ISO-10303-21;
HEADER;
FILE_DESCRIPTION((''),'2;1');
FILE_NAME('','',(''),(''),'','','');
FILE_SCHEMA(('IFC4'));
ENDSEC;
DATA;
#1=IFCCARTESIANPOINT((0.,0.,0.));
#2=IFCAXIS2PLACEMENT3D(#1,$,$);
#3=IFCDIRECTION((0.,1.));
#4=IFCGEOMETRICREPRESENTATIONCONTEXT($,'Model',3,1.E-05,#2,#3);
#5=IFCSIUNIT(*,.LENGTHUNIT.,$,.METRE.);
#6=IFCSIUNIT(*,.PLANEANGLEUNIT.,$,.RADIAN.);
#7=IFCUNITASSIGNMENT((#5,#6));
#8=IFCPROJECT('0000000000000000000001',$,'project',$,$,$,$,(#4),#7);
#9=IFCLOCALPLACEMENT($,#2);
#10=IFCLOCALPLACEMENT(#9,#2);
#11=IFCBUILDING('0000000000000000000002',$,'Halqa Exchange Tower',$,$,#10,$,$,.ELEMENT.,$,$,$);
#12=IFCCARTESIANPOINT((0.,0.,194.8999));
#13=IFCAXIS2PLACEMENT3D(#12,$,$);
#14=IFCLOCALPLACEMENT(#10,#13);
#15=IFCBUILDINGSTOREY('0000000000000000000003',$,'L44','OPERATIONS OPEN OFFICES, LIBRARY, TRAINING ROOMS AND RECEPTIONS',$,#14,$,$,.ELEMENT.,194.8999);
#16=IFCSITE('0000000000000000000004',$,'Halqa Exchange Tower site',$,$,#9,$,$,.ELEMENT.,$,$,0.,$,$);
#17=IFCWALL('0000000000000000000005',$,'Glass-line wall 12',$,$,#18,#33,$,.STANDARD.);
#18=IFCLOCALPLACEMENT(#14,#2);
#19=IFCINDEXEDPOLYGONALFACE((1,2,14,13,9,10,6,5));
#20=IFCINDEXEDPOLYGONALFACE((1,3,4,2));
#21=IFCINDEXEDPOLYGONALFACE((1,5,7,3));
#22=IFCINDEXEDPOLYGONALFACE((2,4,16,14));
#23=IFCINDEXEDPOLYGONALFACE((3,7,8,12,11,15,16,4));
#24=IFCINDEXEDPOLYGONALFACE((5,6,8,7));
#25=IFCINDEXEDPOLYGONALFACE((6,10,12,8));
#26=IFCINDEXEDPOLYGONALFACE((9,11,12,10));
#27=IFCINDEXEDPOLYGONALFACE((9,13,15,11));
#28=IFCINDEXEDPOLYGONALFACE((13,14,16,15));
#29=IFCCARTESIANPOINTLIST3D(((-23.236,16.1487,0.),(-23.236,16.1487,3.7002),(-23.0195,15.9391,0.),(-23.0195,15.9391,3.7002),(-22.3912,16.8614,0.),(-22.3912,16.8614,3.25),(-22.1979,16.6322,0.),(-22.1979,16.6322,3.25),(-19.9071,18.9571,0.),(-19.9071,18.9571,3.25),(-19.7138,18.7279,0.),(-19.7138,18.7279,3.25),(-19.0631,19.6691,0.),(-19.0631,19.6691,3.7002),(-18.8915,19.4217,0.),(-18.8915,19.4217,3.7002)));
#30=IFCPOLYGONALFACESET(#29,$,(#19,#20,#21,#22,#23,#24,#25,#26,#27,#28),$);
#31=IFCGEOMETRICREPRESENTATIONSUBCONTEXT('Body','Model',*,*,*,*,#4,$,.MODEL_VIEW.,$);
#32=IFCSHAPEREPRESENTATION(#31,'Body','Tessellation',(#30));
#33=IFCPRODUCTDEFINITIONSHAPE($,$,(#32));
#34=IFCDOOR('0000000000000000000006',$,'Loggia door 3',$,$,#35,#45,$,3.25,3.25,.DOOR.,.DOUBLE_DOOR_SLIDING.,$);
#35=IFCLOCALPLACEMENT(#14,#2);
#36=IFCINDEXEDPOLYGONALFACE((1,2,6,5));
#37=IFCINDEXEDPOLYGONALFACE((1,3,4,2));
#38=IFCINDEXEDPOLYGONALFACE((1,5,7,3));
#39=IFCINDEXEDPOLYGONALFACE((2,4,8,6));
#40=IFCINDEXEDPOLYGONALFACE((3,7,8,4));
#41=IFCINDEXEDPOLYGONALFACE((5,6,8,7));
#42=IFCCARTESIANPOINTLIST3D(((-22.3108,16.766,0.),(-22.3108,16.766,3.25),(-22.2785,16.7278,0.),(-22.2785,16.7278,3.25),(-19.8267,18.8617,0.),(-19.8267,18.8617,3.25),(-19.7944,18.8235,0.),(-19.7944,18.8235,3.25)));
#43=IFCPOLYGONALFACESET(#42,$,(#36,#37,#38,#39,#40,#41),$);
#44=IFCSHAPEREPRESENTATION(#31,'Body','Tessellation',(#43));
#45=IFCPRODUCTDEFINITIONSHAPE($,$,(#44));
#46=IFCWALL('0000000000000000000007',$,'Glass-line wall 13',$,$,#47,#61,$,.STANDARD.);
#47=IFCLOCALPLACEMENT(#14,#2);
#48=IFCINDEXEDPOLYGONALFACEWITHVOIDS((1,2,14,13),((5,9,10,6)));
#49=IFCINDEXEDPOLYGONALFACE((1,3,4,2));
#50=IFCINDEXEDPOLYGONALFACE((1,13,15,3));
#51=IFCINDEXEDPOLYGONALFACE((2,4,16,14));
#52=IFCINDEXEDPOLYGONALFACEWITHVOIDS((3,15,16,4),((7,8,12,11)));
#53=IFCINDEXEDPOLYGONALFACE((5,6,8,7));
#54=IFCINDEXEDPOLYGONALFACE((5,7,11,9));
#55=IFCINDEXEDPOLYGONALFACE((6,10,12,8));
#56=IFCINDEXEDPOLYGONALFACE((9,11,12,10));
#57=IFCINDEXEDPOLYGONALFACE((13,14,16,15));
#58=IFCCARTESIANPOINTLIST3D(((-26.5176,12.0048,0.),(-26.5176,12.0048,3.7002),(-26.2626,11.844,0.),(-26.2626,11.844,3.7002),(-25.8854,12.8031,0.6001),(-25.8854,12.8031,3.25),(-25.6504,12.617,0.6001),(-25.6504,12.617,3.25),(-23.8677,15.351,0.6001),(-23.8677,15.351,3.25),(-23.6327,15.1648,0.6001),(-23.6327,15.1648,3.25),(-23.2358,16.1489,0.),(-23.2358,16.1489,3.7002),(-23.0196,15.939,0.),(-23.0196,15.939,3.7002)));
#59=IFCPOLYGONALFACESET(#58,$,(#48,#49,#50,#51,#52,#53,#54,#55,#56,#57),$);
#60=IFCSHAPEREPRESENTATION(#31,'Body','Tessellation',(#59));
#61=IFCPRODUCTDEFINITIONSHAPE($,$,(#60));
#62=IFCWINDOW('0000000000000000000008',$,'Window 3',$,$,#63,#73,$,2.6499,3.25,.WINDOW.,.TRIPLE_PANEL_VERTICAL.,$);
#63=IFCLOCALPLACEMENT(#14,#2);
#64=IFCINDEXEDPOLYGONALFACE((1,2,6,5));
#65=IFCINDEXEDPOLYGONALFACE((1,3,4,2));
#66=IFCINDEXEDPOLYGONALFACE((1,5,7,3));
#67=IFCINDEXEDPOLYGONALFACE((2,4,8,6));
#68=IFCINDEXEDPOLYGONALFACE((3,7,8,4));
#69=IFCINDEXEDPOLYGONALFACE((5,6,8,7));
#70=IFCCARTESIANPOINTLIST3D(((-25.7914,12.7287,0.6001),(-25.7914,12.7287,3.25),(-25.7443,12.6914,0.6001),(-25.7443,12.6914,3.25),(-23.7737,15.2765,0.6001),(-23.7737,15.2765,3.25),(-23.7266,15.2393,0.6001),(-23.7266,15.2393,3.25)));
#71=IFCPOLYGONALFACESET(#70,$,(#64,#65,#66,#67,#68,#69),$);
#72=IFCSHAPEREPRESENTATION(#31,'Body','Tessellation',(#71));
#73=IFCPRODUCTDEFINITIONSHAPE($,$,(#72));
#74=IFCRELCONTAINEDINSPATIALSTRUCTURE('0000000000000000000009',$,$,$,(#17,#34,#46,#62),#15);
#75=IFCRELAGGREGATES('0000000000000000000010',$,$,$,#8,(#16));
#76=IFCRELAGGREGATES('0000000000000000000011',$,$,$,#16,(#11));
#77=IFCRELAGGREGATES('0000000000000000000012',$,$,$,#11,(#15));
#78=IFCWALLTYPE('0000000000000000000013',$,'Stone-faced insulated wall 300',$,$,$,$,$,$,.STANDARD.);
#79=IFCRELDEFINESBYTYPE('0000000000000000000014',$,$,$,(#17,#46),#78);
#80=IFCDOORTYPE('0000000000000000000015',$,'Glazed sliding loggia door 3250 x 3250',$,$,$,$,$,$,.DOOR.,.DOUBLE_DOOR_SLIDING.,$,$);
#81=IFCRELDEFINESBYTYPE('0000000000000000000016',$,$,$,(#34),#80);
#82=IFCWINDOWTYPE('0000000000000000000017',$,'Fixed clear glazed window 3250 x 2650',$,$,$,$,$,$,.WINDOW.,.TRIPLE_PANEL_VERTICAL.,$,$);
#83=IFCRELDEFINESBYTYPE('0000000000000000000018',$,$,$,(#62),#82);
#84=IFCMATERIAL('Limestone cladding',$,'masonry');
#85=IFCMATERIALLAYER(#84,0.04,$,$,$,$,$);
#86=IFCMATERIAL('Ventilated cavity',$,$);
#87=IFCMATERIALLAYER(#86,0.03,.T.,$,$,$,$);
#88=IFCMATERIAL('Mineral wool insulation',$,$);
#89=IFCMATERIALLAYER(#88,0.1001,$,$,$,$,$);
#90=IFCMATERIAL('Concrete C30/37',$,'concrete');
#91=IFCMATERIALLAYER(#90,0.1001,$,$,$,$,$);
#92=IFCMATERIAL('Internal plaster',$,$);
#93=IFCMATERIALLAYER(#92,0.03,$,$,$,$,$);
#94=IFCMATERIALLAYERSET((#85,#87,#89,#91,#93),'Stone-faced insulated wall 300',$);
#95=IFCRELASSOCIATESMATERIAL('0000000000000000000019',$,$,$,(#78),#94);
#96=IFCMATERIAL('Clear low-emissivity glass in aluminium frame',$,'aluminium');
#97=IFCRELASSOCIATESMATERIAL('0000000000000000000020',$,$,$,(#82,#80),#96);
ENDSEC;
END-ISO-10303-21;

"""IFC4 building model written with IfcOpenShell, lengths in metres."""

from ifc_helpers import new_model, si_unit, direction, frame, frame_2d, origin, place, context, subcontext, project, spatial, polyline, rectangle, outline, extrude, material, layer, layer_set, type_object, element, fill, save


model = new_model("IFC4")

# Units and contexts
model_context = context("Model", 3, precision=1e-05, world=origin(), true_north=direction((0.0, 1.0)))
body_context = subcontext(model_context, "Body", "Model", "MODEL_VIEW")
ifc_project = project(units=[si_unit("LENGTHUNIT", "METRE"), si_unit("PLANEANGLEUNIT", "RADIAN")], contexts=[model_context])

# Site, building, storey
site_placement = place(None, origin())
site = spatial("IfcSite", under=ifc_project, at=site_placement, Name="Halqa Exchange Tower site", CompositionType="ELEMENT", RefElevation=0.0)
building_placement = place(site_placement, origin())
building = spatial("IfcBuilding", under=site, at=building_placement, Name="Halqa Exchange Tower", CompositionType="ELEMENT")
storey_placement = place(building_placement, frame((0.0, 0.0, 194.8999)))
storey = spatial("IfcBuildingStorey", under=building, at=storey_placement, Name="L44", Description="OPERATIONS OPEN OFFICES, LIBRARY, TRAINING ROOMS AND RECEPTIONS", CompositionType="ELEMENT", Elevation=194.8999)

# Shared definitions
ifc_material_1 = material(Name="Limestone cladding", Category="masonry")
ifc_layer_1 = layer(ifc_material_1, 0.04)
ifc_material_2 = material(Name="Ventilated cavity")
ifc_layer_2 = layer(ifc_material_2, 0.03, ventilated=True)
ifc_material_3 = material(Name="Mineral wool insulation")
ifc_layer_3 = layer(ifc_material_3, 0.1001)
ifc_material_4 = material(Name="Concrete C30/37", Category="concrete")
ifc_layer_4 = layer(ifc_material_4, 0.1001)
ifc_material_5 = material(Name="Internal plaster")
ifc_layer_5 = layer(ifc_material_5, 0.03)
ifc_layer_set_1 = layer_set([ifc_layer_1, ifc_layer_2, ifc_layer_3, ifc_layer_4, ifc_layer_5], Name="Stone-faced insulated wall 300")
wall_type_1 = type_object("IfcWallType", Name="Stone-faced insulated wall 300", PredefinedType="STANDARD", material=ifc_layer_set_1)
ifc_material_6 = material(Name="Clear low-emissivity glass in aluminium frame", Category="aluminium")
window_type = type_object("IfcWindowType", Name="Fixed clear glazed window 3250 x 2650", PartitioningType="TRIPLE_PANEL_VERTICAL", PredefinedType="WINDOW", material=ifc_material_6)

# Wall, opening, door
wall_1_placement = place(storey_placement, frame((-18.9773, 19.5454, 0.0), z_axis=(0.0, 0.0, 1.0), x_axis=(-0.76433, -0.644825, 0.0)))
wall_1 = element("IfcWall", 1, at=wall_1_placement, inside=storey, type_object=wall_type_1, Name="Glass-line wall 12", PredefinedType="STANDARD", context=body_context, shape_type="SweptSolid", body=[
    extrude(outline(polyline([(-0.0142, -0.1499), (5.4453, -0.1499), (5.415, 0.1499), (0.0142, 0.1499), (-0.0142, -0.1499)])), origin(), (0.0, 0.0, 1.0), 3.7002),
])
opening_1_placement = place(wall_1_placement, frame((1.0901, 0.0, 0.0)))
opening_1 = element("IfcOpeningElement", 2, at=opening_1_placement, cuts=wall_1, PredefinedType="OPENING", context=body_context, shape_type="SweptSolid", body=[
    extrude(rectangle(XDim=3.25, YDim=3.25, at=frame_2d((1.625, 1.625))), frame((0.0, 0.1621, 0.0), z_axis=(0.0, -1.0, 0.0), x_axis=(1.0, 0.0, 0.0)), (0.0, 0.0, 1.0), 0.324),
])
door_type_1 = type_object("IfcDoorType", Name="Glazed sliding loggia door 3250 x 3250", OperationType="DOUBLE_DOOR_SLIDING", PredefinedType="DOOR", material=ifc_material_6)
door_1_placement = place(opening_1_placement, origin())
door_1 = element("IfcDoor", 3, at=door_1_placement, inside=storey, type_object=door_type_1, Name="Loggia door 3", OperationType="DOUBLE_DOOR_SLIDING", OverallHeight=3.25, OverallWidth=3.25, PredefinedType="DOOR", context=body_context, shape_type="SweptSolid", body=[
    extrude(rectangle(XDim=3.25, YDim=3.25, at=frame_2d((1.625, 1.625))), frame((0.0, 0.0249, 0.0), z_axis=(0.0, -1.0, 0.0), x_axis=(1.0, 0.0, 0.0)), (0.0, 0.0, 1.0), 0.05),
])
fill(opening_1, door_1)

# Wall, opening, window
wall_2_placement = place(storey_placement, frame((-23.1277, 16.0439, 0.0), z_axis=(0.0, 0.0, 1.0), x_axis=(-0.620829, -0.783946, 0.0)))
wall_2 = element("IfcWall", 4, at=wall_2_placement, inside=storey, type_object=wall_type_1, Name="Glass-line wall 13", PredefinedType="STANDARD", context=body_context, shape_type="SweptSolid", body=[
    extrude(outline(polyline([(-0.0151, -0.1499), (5.271, -0.1499), (5.2388, 0.1499), (0.0151, 0.1499), (-0.0151, -0.1499)])), origin(), (0.0, 0.0, 1.0), 3.7002),
])
opening_2_placement = place(wall_2_placement, frame((1.0027, 0.0, 0.6001)))
opening_2 = element("IfcOpeningElement", 5, at=opening_2_placement, cuts=wall_2, PredefinedType="OPENING", context=body_context, shape_type="SweptSolid", body=[
    extrude(rectangle(XDim=3.25, YDim=2.6499, at=frame_2d((1.625, 1.325))), frame((0.0, 0.1621, 0.0), z_axis=(0.0, -1.0, 0.0), x_axis=(1.0, 0.0, 0.0)), (0.0, 0.0, 1.0), 0.324),
])
window_1_placement = place(opening_2_placement, origin())
window_1 = element("IfcWindow", 6, at=window_1_placement, inside=storey, type_object=window_type, Name="Window 3", OverallHeight=2.6499, OverallWidth=3.25, PartitioningType="TRIPLE_PANEL_VERTICAL", PredefinedType="WINDOW", context=body_context, shape_type="SweptSolid", body=[
    extrude(rectangle(XDim=3.25, YDim=2.6499, at=frame_2d((1.625, 1.325))), frame((0.0, 0.03, 0.0), z_axis=(0.0, -1.0, 0.0), x_axis=(1.0, 0.0, 0.0)), (0.0, 0.0, 1.0), 0.0601),
])
fill(opening_2, window_1)

save(model, "model.ifc")
